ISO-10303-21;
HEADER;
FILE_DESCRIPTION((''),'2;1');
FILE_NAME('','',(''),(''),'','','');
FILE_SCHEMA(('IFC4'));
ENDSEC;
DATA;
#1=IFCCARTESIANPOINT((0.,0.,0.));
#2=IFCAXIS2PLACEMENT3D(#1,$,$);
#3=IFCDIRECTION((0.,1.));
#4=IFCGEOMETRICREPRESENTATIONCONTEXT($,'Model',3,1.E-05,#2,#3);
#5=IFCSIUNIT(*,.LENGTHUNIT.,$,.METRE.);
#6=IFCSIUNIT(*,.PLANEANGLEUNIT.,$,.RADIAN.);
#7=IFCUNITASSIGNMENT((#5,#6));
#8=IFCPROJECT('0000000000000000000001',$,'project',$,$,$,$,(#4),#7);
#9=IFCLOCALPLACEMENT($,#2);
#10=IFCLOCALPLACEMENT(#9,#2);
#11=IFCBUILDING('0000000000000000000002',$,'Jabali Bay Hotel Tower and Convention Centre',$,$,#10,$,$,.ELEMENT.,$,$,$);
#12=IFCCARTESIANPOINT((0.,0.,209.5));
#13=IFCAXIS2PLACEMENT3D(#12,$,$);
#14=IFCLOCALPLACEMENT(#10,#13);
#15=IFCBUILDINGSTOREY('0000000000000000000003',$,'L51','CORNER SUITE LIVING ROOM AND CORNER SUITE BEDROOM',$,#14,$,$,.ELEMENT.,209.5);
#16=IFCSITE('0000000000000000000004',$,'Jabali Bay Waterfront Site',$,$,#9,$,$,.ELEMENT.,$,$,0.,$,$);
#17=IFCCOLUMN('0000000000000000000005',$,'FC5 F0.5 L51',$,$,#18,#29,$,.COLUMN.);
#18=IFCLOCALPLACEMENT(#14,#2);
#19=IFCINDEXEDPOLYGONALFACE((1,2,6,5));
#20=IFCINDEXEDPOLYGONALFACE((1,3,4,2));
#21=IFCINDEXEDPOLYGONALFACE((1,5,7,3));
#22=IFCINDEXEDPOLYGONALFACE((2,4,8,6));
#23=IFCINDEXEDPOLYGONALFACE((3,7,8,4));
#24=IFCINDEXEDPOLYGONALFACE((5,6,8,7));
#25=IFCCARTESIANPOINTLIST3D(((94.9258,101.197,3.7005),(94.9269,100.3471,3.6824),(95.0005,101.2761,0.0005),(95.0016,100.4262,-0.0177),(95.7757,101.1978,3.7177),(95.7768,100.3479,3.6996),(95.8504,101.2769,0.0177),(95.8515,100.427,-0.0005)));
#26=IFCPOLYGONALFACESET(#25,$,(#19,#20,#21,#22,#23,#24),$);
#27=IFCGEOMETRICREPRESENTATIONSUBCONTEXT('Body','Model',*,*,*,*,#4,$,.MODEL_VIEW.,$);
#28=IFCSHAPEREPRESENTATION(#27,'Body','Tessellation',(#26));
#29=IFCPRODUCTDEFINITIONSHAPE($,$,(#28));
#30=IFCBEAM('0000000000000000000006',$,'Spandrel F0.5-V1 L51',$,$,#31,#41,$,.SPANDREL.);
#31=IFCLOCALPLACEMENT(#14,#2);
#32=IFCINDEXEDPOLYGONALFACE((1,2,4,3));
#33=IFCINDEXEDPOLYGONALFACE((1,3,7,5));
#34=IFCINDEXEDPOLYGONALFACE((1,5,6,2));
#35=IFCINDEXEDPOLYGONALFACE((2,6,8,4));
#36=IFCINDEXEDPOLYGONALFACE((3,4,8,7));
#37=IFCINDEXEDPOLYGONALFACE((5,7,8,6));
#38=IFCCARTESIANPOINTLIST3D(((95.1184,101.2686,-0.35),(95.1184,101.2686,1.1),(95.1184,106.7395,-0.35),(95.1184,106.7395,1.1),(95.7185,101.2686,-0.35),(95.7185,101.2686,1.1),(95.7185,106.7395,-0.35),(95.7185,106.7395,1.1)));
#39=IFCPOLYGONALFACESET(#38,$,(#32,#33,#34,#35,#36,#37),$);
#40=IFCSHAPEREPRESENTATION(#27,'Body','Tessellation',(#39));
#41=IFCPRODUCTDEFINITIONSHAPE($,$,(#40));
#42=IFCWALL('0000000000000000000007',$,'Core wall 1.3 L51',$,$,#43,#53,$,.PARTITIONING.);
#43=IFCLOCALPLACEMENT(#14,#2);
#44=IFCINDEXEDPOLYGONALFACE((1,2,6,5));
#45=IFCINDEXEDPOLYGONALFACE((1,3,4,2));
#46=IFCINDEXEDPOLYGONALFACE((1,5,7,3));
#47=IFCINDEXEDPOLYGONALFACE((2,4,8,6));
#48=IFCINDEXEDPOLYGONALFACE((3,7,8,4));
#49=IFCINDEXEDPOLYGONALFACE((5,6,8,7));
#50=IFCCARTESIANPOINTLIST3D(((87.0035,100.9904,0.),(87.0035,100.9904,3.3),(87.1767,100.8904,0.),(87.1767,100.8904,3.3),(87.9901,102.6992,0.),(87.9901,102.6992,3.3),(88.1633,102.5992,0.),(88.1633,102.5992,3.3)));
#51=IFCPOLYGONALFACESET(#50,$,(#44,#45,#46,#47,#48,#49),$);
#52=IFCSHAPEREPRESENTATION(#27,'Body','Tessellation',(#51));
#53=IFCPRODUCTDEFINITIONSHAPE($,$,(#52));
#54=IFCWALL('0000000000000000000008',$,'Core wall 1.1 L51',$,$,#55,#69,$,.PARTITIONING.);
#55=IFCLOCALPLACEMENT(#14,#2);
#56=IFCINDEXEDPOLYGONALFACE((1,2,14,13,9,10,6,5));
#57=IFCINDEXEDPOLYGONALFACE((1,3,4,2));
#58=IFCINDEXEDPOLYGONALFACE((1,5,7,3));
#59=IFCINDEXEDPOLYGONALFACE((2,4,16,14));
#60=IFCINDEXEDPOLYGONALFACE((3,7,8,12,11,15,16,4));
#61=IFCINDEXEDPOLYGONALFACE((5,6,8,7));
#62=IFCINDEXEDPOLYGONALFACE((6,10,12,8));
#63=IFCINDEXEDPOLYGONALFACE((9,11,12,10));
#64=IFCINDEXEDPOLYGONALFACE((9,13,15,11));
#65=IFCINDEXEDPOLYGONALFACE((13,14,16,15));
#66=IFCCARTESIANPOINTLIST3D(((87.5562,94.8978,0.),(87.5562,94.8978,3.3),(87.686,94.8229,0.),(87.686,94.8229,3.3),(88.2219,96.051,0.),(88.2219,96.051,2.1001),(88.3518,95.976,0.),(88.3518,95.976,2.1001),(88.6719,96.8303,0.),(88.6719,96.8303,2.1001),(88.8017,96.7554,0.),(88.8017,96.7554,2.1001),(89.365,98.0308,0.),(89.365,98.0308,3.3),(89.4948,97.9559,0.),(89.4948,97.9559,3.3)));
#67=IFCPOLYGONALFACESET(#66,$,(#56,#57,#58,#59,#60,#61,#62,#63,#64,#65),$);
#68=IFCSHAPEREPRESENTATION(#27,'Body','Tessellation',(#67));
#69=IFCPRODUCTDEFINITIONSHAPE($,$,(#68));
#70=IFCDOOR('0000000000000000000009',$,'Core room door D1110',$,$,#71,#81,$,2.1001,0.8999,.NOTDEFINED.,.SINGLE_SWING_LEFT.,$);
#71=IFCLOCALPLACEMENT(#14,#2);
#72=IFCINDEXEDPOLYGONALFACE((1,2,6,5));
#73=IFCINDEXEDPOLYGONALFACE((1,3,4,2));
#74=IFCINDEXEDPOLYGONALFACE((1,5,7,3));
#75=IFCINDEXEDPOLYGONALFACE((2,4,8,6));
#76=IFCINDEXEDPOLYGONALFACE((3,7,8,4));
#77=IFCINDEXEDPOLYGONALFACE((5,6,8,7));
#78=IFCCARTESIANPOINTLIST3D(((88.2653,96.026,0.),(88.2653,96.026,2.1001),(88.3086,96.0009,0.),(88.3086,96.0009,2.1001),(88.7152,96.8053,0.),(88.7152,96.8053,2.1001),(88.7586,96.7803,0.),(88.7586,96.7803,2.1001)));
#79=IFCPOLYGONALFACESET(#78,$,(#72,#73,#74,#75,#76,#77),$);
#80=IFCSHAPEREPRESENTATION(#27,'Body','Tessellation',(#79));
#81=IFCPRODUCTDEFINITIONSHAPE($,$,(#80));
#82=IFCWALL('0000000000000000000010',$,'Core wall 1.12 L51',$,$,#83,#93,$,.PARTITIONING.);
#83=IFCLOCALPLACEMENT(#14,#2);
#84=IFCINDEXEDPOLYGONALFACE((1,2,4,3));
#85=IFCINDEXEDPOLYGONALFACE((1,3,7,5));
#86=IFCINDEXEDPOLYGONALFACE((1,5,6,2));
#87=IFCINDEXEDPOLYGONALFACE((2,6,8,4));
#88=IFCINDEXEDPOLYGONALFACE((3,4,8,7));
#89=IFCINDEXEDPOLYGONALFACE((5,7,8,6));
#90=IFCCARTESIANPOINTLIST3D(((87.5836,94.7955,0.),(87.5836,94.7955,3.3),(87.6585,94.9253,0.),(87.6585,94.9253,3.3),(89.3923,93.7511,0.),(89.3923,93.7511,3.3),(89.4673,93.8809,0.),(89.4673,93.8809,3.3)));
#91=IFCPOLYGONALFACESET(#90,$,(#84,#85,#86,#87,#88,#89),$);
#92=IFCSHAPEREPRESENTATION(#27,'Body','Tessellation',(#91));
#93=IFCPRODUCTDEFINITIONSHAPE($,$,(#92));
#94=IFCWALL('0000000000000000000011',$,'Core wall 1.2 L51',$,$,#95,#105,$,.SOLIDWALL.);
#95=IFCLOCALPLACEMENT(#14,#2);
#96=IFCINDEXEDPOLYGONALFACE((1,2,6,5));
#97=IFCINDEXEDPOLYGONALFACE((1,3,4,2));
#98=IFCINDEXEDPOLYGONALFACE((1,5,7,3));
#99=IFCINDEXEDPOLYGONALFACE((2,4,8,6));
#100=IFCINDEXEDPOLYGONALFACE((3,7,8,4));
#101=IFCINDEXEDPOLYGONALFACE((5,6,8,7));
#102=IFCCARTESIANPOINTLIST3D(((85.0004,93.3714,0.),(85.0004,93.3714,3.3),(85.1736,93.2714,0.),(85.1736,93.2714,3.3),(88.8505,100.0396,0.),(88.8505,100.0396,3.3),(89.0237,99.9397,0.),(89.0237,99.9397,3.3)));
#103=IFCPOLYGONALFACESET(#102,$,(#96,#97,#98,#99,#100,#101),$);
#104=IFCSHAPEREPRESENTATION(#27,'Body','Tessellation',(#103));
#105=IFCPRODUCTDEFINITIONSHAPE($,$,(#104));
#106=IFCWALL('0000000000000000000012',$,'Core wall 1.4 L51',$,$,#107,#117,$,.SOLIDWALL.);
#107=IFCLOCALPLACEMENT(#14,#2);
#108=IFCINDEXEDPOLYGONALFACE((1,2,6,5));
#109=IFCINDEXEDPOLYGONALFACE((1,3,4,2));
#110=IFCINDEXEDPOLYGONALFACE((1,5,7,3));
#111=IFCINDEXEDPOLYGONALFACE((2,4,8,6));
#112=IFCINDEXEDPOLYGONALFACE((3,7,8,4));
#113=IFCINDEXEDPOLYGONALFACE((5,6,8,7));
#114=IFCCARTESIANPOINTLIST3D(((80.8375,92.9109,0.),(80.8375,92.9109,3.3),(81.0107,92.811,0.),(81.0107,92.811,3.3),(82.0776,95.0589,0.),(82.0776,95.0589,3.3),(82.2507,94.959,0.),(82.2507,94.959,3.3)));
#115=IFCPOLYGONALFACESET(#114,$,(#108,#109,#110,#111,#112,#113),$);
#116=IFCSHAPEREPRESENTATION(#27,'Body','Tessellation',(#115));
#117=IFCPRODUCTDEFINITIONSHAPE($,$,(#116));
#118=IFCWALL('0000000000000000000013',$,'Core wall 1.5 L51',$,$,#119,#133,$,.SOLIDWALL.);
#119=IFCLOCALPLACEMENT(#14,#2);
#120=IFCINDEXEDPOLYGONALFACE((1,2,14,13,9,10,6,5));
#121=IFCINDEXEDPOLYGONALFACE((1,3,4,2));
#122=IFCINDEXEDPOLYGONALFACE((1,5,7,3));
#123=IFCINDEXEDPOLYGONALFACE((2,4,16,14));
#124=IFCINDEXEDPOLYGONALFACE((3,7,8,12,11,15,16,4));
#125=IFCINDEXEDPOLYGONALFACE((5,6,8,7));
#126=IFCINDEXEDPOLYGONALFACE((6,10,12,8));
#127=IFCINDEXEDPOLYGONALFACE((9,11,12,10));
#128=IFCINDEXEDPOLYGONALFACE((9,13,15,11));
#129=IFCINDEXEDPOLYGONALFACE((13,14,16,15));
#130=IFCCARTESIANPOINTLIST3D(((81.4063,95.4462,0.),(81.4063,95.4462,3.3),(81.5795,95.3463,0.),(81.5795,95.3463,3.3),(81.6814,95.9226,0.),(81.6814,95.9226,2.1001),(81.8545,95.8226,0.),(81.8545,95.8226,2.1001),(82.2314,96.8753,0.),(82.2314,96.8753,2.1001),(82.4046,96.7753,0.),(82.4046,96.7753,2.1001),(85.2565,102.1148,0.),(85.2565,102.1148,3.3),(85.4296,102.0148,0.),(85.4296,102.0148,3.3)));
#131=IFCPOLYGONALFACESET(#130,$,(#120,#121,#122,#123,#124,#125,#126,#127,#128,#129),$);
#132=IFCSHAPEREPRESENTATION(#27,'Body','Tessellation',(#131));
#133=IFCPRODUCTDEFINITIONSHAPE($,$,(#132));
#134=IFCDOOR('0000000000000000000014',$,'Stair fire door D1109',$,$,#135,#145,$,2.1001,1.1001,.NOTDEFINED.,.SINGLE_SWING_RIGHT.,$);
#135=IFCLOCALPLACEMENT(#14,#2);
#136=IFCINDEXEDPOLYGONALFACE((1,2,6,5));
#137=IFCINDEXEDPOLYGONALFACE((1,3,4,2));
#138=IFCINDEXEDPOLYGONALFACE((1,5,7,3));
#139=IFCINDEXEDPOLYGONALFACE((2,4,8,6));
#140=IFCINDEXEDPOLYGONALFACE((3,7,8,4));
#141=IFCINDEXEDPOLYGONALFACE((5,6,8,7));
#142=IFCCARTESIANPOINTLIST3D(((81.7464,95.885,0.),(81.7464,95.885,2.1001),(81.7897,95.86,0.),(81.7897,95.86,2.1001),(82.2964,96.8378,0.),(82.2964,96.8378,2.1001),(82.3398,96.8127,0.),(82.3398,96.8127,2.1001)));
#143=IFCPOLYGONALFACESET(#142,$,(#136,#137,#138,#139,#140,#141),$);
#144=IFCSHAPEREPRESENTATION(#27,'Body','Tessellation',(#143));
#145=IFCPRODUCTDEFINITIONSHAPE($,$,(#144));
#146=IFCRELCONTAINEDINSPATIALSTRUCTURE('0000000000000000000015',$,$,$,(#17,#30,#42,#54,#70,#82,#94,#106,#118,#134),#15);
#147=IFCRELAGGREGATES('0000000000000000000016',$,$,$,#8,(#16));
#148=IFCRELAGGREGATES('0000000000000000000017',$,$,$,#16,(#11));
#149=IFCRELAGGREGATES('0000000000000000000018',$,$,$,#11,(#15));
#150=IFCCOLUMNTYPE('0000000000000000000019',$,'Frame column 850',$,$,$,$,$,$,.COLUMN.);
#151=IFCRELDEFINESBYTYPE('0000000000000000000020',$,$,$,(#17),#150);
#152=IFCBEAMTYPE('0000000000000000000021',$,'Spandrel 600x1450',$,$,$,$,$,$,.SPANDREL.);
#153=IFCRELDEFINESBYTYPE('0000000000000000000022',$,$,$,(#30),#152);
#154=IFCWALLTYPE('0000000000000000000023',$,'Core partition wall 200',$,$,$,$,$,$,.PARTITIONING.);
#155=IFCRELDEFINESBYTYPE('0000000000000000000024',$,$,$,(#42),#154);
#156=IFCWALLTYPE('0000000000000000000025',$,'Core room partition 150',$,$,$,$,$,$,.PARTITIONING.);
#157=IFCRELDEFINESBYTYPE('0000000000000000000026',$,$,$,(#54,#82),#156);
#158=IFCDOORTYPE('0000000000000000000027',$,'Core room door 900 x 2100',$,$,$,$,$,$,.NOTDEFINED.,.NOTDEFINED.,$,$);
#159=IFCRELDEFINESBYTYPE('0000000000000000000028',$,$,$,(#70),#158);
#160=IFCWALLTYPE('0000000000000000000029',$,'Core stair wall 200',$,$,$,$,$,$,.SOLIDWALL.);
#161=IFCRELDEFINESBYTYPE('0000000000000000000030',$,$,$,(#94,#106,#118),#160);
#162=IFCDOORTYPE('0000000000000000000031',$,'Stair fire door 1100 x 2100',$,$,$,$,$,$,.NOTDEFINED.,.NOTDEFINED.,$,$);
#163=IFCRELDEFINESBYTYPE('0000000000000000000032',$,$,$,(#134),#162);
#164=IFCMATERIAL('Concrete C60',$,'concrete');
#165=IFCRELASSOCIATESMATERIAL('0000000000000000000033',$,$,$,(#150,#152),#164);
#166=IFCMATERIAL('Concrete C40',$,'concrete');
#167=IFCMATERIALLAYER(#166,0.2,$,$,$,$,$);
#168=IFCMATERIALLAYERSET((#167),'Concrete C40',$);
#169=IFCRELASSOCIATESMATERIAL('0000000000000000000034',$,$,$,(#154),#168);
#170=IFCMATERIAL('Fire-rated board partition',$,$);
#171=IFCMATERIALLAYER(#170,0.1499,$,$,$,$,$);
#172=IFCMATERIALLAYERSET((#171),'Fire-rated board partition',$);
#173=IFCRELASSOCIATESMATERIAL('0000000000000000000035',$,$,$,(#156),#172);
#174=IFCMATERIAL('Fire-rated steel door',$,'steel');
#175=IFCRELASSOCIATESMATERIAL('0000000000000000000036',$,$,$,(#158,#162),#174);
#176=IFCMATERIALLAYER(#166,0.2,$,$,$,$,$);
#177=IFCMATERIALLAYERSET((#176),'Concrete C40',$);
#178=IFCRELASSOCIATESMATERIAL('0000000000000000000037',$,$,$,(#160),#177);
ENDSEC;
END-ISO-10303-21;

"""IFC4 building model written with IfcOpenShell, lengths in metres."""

from ifc_helpers import new_model, si_unit, direction, frame, frame_2d, origin, origin_2d, place, context, subcontext, project, spatial, rectangle, extrude, material, layer, layer_set, material_profile, profile_set, type_object, element, fill, save


model = new_model("IFC4")

# Units and contexts
model_context = context("Model", 3, precision=1e-05, world=origin(), true_north=direction((0.0, 1.0)))
body_context = subcontext(model_context, "Body", "Model", "MODEL_VIEW")
ifc_project = project(units=[si_unit("LENGTHUNIT", "METRE"), si_unit("PLANEANGLEUNIT", "RADIAN")], contexts=[model_context])

# Site, building, storey
site_placement = place(None, origin())
site = spatial("IfcSite", under=ifc_project, at=site_placement, Name="Jabali Bay Waterfront Site", CompositionType="ELEMENT", RefElevation=0.0)
building_placement = place(site_placement, origin())
building = spatial("IfcBuilding", under=site, at=building_placement, Name="Jabali Bay Hotel Tower and Convention Centre", CompositionType="ELEMENT")
storey_placement = place(building_placement, frame((0.0, 0.0, 209.5)))
storey = spatial("IfcBuildingStorey", under=building, at=storey_placement, Name="L51", Description="CORNER SUITE LIVING ROOM AND CORNER SUITE BEDROOM", CompositionType="ELEMENT", Elevation=209.5)

# Column
ifc_material_1 = material(Name="Concrete C60", Category="concrete")
ifc_material_profile_1 = material_profile(ifc_material_1, rectangle(XDim=0.8501, YDim=0.8501, at=origin_2d()), Name="Frame column 850")
ifc_profile_set_1 = profile_set([ifc_material_profile_1], Name="Concrete C60")
column_type = type_object("IfcColumnType", Name="Frame column 850", PredefinedType="COLUMN", material=ifc_profile_set_1)
column_placement = place(storey_placement, frame((95.426, 100.8516, 0.0), z_axis=(-0.020183, -0.02137, 0.999568), x_axis=(0.999795, 0.000884, 0.020206)))
element("IfcColumn", 1, at=column_placement, inside=storey, type_object=column_type, Name="FC5 F0.5 L51", PredefinedType="COLUMN", context=body_context, shape_type="SweptSolid", body=[
    extrude(rectangle(XDim=0.8501, YDim=0.8501, at=origin_2d()), origin(), (0.0, 0.0, 1.0), 3.7017),
])

# Beam
ifc_material_profile_2 = material_profile(ifc_material_1, rectangle(XDim=0.6001, YDim=1.45, at=origin_2d()), Name="Spandrel 600x1450")
ifc_profile_set_2 = profile_set([ifc_material_profile_2], Name="Concrete C60")
beam_type = type_object("IfcBeamType", Name="Spandrel 600x1450", PredefinedType="SPANDREL", material=ifc_profile_set_2)
beam_placement = place(storey_placement, frame((95.4185, 101.2686, 0.375), z_axis=(0.0, 1.0, 0.0), x_axis=(-1.0, 0.0, 0.0)))
element("IfcBeam", 2, at=beam_placement, inside=storey, type_object=beam_type, Name="Spandrel F0.5-V1 L51", PredefinedType="SPANDREL", context=body_context, shape_type="SweptSolid", body=[
    extrude(rectangle(XDim=0.6001, YDim=1.45, at=origin_2d()), origin(), (0.0, 0.0, 1.0), 5.4709),
])

# Wall
ifc_material_2 = material(Name="Concrete C40", Category="concrete")
ifc_layer_1 = layer(ifc_material_2, 0.2)
ifc_layer_set_1 = layer_set([ifc_layer_1], Name="Concrete C40")
wall_type_1 = type_object("IfcWallType", Name="Core partition wall 200", PredefinedType="PARTITIONING", material=ifc_layer_set_1)
wall_1_placement = place(storey_placement, frame((87.0901, 100.9404, 0.0), z_axis=(0.0, 0.0, 1.0), x_axis=(0.500012, 0.866019, 0.0)))
element("IfcWall", 3, at=wall_1_placement, inside=storey, type_object=wall_type_1, Name="Core wall 1.3 L51", PredefinedType="PARTITIONING", context=body_context, shape_type="SweptSolid", body=[
    extrude(rectangle(XDim=1.9731, YDim=0.2, at=frame_2d((0.9866, 0.0))), origin(), (0.0, 0.0, 1.0), 3.3),
])

# Wall, opening, door
ifc_material_3 = material(Name="Fire-rated board partition")
ifc_layer_2 = layer(ifc_material_3, 0.1499)
ifc_layer_set_2 = layer_set([ifc_layer_2], Name="Fire-rated board partition")
wall_type_2 = type_object("IfcWallType", Name="Core room partition 150", PredefinedType="PARTITIONING", material=ifc_layer_set_2)
wall_2_placement = place(storey_placement, frame((87.6211, 94.8604, 0.0), z_axis=(0.0, 0.0, 1.0), x_axis=(0.499993, 0.866029, 0.0)))
wall_2 = element("IfcWall", 4, at=wall_2_placement, inside=storey, type_object=wall_type_2, Name="Core wall 1.1 L51", PredefinedType="PARTITIONING", context=body_context, shape_type="SweptSolid", body=[
    extrude(rectangle(XDim=3.6177, YDim=0.1499, at=frame_2d((1.8088, 0.0))), origin(), (0.0, 0.0, 1.0), 3.3),
])
opening_1_placement = place(wall_2_placement, frame((1.3315, 0.0, 0.0)))
opening_1 = element("IfcOpeningElement", 5, at=opening_1_placement, cuts=wall_2, PredefinedType="OPENING", context=body_context, shape_type="SweptSolid", body=[
    extrude(rectangle(XDim=0.8999, YDim=2.1001, at=frame_2d((0.45, 1.05))), frame((0.0, 0.0854, 0.0), z_axis=(0.0, -1.0, 0.0), x_axis=(1.0, 0.0, 0.0)), (0.0, 0.0, 1.0), 0.1709),
])
ifc_material_4 = material(Name="Fire-rated steel door", Category="steel")
door_type_1 = type_object("IfcDoorType", Name="Core room door 900 x 2100", OperationType="NOTDEFINED", PredefinedType="NOTDEFINED", material=ifc_material_4)
door_1_placement = place(opening_1_placement, origin())
door_1 = element("IfcDoor", 6, at=door_1_placement, inside=storey, type_object=door_type_1, Name="Core room door D1110", OperationType="SINGLE_SWING_LEFT", OverallHeight=2.1001, OverallWidth=0.8999, PredefinedType="NOTDEFINED", context=body_context, shape_type="SweptSolid", body=[
    extrude(rectangle(XDim=0.8999, YDim=2.1001, at=frame_2d((0.45, 1.05))), frame((0.0, 0.0249, 0.0), z_axis=(0.0, -1.0, 0.0), x_axis=(1.0, 0.0, 0.0)), (0.0, 0.0, 1.0), 0.05),
])
fill(opening_1, door_1)

# Walls
wall_3_placement = place(storey_placement, frame((89.4299, 93.8159, 0.0), z_axis=(0.0, 0.0, 1.0), x_axis=(-0.866005, 0.500036, 0.0)))
element("IfcWall", 7, at=wall_3_placement, inside=storey, type_object=wall_type_2, Name="Core wall 1.12 L51", PredefinedType="PARTITIONING", context=body_context, shape_type="SweptSolid", body=[
    extrude(rectangle(XDim=2.0886, YDim=0.1499, at=frame_2d((1.0444, 0.0))), origin(), (0.0, 0.0, 1.0), 3.3),
])
ifc_layer_3 = layer(ifc_material_2, 0.2)
ifc_layer_set_3 = layer_set([ifc_layer_3], Name="Concrete C40")
wall_type_3 = type_object("IfcWallType", Name="Core stair wall 200", PredefinedType="SOLIDWALL", material=ifc_layer_set_3)
wall_4_placement = place(storey_placement, frame((85.0869, 93.3213, 0.0), z_axis=(0.0, 0.0, 1.0), x_axis=(0.50002, 0.866014, 0.0)))
element("IfcWall", 8, at=wall_4_placement, inside=storey, type_object=wall_type_3, Name="Core wall 1.2 L51", PredefinedType="SOLIDWALL", context=body_context, shape_type="SweptSolid", body=[
    extrude(rectangle(XDim=7.7, YDim=0.2, at=frame_2d((3.8501, 0.0))), origin(), (0.0, 0.0, 1.0), 3.3),
])
wall_5_placement = place(storey_placement, frame((80.9241, 92.8608, 0.0), z_axis=(0.0, 0.0, 1.0), x_axis=(0.499961, 0.866048, 0.0)))
element("IfcWall", 9, at=wall_5_placement, inside=storey, type_object=wall_type_3, Name="Core wall 1.4 L51", PredefinedType="SOLIDWALL", context=body_context, shape_type="SweptSolid", body=[
    extrude(rectangle(XDim=2.4802, YDim=0.2, at=frame_2d((1.2402, 0.0))), origin(), (0.0, 0.0, 1.0), 3.3),
])

# Wall, opening, door
wall_6_placement = place(storey_placement, frame((81.4929, 95.3962, 0.0), z_axis=(0.0, 0.0, 1.0), x_axis=(0.500006, 0.866022, 0.0)))
wall_6 = element("IfcWall", 10, at=wall_6_placement, inside=storey, type_object=wall_type_3, Name="Core wall 1.5 L51", PredefinedType="SOLIDWALL", context=body_context, shape_type="SweptSolid", body=[
    extrude(rectangle(XDim=7.7002, YDim=0.2, at=frame_2d((3.8501, 0.0))), origin(), (0.0, 0.0, 1.0), 3.3),
])
opening_2_placement = place(wall_6_placement, frame((0.55, 0.0, 0.0)))
opening_2 = element("IfcOpeningElement", 11, at=opening_2_placement, cuts=wall_6, PredefinedType="OPENING", context=body_context, shape_type="SweptSolid", body=[
    extrude(rectangle(XDim=1.1001, YDim=2.1001, at=frame_2d((0.55, 1.05))), frame((0.0, 0.1104, 0.0), z_axis=(0.0, -1.0, 0.0), x_axis=(1.0, 0.0, 0.0)), (0.0, 0.0, 1.0), 0.2209),
])
door_type_2 = type_object("IfcDoorType", Name="Stair fire door 1100 x 2100", OperationType="NOTDEFINED", PredefinedType="NOTDEFINED", material=ifc_material_4)
door_2_placement = place(opening_2_placement, origin())
door_2 = element("IfcDoor", 12, at=door_2_placement, inside=storey, type_object=door_type_2, Name="Stair fire door D1109", OperationType="SINGLE_SWING_RIGHT", OverallHeight=2.1001, OverallWidth=1.1001, PredefinedType="NOTDEFINED", context=body_context, shape_type="SweptSolid", body=[
    extrude(rectangle(XDim=1.1001, YDim=2.1001, at=frame_2d((0.55, 1.05))), frame((0.0, 0.0249, 0.0), z_axis=(0.0, -1.0, 0.0), x_axis=(1.0, 0.0, 0.0)), (0.0, 0.0, 1.0), 0.05),
])
fill(opening_2, door_2)

save(model, "model.ifc")
